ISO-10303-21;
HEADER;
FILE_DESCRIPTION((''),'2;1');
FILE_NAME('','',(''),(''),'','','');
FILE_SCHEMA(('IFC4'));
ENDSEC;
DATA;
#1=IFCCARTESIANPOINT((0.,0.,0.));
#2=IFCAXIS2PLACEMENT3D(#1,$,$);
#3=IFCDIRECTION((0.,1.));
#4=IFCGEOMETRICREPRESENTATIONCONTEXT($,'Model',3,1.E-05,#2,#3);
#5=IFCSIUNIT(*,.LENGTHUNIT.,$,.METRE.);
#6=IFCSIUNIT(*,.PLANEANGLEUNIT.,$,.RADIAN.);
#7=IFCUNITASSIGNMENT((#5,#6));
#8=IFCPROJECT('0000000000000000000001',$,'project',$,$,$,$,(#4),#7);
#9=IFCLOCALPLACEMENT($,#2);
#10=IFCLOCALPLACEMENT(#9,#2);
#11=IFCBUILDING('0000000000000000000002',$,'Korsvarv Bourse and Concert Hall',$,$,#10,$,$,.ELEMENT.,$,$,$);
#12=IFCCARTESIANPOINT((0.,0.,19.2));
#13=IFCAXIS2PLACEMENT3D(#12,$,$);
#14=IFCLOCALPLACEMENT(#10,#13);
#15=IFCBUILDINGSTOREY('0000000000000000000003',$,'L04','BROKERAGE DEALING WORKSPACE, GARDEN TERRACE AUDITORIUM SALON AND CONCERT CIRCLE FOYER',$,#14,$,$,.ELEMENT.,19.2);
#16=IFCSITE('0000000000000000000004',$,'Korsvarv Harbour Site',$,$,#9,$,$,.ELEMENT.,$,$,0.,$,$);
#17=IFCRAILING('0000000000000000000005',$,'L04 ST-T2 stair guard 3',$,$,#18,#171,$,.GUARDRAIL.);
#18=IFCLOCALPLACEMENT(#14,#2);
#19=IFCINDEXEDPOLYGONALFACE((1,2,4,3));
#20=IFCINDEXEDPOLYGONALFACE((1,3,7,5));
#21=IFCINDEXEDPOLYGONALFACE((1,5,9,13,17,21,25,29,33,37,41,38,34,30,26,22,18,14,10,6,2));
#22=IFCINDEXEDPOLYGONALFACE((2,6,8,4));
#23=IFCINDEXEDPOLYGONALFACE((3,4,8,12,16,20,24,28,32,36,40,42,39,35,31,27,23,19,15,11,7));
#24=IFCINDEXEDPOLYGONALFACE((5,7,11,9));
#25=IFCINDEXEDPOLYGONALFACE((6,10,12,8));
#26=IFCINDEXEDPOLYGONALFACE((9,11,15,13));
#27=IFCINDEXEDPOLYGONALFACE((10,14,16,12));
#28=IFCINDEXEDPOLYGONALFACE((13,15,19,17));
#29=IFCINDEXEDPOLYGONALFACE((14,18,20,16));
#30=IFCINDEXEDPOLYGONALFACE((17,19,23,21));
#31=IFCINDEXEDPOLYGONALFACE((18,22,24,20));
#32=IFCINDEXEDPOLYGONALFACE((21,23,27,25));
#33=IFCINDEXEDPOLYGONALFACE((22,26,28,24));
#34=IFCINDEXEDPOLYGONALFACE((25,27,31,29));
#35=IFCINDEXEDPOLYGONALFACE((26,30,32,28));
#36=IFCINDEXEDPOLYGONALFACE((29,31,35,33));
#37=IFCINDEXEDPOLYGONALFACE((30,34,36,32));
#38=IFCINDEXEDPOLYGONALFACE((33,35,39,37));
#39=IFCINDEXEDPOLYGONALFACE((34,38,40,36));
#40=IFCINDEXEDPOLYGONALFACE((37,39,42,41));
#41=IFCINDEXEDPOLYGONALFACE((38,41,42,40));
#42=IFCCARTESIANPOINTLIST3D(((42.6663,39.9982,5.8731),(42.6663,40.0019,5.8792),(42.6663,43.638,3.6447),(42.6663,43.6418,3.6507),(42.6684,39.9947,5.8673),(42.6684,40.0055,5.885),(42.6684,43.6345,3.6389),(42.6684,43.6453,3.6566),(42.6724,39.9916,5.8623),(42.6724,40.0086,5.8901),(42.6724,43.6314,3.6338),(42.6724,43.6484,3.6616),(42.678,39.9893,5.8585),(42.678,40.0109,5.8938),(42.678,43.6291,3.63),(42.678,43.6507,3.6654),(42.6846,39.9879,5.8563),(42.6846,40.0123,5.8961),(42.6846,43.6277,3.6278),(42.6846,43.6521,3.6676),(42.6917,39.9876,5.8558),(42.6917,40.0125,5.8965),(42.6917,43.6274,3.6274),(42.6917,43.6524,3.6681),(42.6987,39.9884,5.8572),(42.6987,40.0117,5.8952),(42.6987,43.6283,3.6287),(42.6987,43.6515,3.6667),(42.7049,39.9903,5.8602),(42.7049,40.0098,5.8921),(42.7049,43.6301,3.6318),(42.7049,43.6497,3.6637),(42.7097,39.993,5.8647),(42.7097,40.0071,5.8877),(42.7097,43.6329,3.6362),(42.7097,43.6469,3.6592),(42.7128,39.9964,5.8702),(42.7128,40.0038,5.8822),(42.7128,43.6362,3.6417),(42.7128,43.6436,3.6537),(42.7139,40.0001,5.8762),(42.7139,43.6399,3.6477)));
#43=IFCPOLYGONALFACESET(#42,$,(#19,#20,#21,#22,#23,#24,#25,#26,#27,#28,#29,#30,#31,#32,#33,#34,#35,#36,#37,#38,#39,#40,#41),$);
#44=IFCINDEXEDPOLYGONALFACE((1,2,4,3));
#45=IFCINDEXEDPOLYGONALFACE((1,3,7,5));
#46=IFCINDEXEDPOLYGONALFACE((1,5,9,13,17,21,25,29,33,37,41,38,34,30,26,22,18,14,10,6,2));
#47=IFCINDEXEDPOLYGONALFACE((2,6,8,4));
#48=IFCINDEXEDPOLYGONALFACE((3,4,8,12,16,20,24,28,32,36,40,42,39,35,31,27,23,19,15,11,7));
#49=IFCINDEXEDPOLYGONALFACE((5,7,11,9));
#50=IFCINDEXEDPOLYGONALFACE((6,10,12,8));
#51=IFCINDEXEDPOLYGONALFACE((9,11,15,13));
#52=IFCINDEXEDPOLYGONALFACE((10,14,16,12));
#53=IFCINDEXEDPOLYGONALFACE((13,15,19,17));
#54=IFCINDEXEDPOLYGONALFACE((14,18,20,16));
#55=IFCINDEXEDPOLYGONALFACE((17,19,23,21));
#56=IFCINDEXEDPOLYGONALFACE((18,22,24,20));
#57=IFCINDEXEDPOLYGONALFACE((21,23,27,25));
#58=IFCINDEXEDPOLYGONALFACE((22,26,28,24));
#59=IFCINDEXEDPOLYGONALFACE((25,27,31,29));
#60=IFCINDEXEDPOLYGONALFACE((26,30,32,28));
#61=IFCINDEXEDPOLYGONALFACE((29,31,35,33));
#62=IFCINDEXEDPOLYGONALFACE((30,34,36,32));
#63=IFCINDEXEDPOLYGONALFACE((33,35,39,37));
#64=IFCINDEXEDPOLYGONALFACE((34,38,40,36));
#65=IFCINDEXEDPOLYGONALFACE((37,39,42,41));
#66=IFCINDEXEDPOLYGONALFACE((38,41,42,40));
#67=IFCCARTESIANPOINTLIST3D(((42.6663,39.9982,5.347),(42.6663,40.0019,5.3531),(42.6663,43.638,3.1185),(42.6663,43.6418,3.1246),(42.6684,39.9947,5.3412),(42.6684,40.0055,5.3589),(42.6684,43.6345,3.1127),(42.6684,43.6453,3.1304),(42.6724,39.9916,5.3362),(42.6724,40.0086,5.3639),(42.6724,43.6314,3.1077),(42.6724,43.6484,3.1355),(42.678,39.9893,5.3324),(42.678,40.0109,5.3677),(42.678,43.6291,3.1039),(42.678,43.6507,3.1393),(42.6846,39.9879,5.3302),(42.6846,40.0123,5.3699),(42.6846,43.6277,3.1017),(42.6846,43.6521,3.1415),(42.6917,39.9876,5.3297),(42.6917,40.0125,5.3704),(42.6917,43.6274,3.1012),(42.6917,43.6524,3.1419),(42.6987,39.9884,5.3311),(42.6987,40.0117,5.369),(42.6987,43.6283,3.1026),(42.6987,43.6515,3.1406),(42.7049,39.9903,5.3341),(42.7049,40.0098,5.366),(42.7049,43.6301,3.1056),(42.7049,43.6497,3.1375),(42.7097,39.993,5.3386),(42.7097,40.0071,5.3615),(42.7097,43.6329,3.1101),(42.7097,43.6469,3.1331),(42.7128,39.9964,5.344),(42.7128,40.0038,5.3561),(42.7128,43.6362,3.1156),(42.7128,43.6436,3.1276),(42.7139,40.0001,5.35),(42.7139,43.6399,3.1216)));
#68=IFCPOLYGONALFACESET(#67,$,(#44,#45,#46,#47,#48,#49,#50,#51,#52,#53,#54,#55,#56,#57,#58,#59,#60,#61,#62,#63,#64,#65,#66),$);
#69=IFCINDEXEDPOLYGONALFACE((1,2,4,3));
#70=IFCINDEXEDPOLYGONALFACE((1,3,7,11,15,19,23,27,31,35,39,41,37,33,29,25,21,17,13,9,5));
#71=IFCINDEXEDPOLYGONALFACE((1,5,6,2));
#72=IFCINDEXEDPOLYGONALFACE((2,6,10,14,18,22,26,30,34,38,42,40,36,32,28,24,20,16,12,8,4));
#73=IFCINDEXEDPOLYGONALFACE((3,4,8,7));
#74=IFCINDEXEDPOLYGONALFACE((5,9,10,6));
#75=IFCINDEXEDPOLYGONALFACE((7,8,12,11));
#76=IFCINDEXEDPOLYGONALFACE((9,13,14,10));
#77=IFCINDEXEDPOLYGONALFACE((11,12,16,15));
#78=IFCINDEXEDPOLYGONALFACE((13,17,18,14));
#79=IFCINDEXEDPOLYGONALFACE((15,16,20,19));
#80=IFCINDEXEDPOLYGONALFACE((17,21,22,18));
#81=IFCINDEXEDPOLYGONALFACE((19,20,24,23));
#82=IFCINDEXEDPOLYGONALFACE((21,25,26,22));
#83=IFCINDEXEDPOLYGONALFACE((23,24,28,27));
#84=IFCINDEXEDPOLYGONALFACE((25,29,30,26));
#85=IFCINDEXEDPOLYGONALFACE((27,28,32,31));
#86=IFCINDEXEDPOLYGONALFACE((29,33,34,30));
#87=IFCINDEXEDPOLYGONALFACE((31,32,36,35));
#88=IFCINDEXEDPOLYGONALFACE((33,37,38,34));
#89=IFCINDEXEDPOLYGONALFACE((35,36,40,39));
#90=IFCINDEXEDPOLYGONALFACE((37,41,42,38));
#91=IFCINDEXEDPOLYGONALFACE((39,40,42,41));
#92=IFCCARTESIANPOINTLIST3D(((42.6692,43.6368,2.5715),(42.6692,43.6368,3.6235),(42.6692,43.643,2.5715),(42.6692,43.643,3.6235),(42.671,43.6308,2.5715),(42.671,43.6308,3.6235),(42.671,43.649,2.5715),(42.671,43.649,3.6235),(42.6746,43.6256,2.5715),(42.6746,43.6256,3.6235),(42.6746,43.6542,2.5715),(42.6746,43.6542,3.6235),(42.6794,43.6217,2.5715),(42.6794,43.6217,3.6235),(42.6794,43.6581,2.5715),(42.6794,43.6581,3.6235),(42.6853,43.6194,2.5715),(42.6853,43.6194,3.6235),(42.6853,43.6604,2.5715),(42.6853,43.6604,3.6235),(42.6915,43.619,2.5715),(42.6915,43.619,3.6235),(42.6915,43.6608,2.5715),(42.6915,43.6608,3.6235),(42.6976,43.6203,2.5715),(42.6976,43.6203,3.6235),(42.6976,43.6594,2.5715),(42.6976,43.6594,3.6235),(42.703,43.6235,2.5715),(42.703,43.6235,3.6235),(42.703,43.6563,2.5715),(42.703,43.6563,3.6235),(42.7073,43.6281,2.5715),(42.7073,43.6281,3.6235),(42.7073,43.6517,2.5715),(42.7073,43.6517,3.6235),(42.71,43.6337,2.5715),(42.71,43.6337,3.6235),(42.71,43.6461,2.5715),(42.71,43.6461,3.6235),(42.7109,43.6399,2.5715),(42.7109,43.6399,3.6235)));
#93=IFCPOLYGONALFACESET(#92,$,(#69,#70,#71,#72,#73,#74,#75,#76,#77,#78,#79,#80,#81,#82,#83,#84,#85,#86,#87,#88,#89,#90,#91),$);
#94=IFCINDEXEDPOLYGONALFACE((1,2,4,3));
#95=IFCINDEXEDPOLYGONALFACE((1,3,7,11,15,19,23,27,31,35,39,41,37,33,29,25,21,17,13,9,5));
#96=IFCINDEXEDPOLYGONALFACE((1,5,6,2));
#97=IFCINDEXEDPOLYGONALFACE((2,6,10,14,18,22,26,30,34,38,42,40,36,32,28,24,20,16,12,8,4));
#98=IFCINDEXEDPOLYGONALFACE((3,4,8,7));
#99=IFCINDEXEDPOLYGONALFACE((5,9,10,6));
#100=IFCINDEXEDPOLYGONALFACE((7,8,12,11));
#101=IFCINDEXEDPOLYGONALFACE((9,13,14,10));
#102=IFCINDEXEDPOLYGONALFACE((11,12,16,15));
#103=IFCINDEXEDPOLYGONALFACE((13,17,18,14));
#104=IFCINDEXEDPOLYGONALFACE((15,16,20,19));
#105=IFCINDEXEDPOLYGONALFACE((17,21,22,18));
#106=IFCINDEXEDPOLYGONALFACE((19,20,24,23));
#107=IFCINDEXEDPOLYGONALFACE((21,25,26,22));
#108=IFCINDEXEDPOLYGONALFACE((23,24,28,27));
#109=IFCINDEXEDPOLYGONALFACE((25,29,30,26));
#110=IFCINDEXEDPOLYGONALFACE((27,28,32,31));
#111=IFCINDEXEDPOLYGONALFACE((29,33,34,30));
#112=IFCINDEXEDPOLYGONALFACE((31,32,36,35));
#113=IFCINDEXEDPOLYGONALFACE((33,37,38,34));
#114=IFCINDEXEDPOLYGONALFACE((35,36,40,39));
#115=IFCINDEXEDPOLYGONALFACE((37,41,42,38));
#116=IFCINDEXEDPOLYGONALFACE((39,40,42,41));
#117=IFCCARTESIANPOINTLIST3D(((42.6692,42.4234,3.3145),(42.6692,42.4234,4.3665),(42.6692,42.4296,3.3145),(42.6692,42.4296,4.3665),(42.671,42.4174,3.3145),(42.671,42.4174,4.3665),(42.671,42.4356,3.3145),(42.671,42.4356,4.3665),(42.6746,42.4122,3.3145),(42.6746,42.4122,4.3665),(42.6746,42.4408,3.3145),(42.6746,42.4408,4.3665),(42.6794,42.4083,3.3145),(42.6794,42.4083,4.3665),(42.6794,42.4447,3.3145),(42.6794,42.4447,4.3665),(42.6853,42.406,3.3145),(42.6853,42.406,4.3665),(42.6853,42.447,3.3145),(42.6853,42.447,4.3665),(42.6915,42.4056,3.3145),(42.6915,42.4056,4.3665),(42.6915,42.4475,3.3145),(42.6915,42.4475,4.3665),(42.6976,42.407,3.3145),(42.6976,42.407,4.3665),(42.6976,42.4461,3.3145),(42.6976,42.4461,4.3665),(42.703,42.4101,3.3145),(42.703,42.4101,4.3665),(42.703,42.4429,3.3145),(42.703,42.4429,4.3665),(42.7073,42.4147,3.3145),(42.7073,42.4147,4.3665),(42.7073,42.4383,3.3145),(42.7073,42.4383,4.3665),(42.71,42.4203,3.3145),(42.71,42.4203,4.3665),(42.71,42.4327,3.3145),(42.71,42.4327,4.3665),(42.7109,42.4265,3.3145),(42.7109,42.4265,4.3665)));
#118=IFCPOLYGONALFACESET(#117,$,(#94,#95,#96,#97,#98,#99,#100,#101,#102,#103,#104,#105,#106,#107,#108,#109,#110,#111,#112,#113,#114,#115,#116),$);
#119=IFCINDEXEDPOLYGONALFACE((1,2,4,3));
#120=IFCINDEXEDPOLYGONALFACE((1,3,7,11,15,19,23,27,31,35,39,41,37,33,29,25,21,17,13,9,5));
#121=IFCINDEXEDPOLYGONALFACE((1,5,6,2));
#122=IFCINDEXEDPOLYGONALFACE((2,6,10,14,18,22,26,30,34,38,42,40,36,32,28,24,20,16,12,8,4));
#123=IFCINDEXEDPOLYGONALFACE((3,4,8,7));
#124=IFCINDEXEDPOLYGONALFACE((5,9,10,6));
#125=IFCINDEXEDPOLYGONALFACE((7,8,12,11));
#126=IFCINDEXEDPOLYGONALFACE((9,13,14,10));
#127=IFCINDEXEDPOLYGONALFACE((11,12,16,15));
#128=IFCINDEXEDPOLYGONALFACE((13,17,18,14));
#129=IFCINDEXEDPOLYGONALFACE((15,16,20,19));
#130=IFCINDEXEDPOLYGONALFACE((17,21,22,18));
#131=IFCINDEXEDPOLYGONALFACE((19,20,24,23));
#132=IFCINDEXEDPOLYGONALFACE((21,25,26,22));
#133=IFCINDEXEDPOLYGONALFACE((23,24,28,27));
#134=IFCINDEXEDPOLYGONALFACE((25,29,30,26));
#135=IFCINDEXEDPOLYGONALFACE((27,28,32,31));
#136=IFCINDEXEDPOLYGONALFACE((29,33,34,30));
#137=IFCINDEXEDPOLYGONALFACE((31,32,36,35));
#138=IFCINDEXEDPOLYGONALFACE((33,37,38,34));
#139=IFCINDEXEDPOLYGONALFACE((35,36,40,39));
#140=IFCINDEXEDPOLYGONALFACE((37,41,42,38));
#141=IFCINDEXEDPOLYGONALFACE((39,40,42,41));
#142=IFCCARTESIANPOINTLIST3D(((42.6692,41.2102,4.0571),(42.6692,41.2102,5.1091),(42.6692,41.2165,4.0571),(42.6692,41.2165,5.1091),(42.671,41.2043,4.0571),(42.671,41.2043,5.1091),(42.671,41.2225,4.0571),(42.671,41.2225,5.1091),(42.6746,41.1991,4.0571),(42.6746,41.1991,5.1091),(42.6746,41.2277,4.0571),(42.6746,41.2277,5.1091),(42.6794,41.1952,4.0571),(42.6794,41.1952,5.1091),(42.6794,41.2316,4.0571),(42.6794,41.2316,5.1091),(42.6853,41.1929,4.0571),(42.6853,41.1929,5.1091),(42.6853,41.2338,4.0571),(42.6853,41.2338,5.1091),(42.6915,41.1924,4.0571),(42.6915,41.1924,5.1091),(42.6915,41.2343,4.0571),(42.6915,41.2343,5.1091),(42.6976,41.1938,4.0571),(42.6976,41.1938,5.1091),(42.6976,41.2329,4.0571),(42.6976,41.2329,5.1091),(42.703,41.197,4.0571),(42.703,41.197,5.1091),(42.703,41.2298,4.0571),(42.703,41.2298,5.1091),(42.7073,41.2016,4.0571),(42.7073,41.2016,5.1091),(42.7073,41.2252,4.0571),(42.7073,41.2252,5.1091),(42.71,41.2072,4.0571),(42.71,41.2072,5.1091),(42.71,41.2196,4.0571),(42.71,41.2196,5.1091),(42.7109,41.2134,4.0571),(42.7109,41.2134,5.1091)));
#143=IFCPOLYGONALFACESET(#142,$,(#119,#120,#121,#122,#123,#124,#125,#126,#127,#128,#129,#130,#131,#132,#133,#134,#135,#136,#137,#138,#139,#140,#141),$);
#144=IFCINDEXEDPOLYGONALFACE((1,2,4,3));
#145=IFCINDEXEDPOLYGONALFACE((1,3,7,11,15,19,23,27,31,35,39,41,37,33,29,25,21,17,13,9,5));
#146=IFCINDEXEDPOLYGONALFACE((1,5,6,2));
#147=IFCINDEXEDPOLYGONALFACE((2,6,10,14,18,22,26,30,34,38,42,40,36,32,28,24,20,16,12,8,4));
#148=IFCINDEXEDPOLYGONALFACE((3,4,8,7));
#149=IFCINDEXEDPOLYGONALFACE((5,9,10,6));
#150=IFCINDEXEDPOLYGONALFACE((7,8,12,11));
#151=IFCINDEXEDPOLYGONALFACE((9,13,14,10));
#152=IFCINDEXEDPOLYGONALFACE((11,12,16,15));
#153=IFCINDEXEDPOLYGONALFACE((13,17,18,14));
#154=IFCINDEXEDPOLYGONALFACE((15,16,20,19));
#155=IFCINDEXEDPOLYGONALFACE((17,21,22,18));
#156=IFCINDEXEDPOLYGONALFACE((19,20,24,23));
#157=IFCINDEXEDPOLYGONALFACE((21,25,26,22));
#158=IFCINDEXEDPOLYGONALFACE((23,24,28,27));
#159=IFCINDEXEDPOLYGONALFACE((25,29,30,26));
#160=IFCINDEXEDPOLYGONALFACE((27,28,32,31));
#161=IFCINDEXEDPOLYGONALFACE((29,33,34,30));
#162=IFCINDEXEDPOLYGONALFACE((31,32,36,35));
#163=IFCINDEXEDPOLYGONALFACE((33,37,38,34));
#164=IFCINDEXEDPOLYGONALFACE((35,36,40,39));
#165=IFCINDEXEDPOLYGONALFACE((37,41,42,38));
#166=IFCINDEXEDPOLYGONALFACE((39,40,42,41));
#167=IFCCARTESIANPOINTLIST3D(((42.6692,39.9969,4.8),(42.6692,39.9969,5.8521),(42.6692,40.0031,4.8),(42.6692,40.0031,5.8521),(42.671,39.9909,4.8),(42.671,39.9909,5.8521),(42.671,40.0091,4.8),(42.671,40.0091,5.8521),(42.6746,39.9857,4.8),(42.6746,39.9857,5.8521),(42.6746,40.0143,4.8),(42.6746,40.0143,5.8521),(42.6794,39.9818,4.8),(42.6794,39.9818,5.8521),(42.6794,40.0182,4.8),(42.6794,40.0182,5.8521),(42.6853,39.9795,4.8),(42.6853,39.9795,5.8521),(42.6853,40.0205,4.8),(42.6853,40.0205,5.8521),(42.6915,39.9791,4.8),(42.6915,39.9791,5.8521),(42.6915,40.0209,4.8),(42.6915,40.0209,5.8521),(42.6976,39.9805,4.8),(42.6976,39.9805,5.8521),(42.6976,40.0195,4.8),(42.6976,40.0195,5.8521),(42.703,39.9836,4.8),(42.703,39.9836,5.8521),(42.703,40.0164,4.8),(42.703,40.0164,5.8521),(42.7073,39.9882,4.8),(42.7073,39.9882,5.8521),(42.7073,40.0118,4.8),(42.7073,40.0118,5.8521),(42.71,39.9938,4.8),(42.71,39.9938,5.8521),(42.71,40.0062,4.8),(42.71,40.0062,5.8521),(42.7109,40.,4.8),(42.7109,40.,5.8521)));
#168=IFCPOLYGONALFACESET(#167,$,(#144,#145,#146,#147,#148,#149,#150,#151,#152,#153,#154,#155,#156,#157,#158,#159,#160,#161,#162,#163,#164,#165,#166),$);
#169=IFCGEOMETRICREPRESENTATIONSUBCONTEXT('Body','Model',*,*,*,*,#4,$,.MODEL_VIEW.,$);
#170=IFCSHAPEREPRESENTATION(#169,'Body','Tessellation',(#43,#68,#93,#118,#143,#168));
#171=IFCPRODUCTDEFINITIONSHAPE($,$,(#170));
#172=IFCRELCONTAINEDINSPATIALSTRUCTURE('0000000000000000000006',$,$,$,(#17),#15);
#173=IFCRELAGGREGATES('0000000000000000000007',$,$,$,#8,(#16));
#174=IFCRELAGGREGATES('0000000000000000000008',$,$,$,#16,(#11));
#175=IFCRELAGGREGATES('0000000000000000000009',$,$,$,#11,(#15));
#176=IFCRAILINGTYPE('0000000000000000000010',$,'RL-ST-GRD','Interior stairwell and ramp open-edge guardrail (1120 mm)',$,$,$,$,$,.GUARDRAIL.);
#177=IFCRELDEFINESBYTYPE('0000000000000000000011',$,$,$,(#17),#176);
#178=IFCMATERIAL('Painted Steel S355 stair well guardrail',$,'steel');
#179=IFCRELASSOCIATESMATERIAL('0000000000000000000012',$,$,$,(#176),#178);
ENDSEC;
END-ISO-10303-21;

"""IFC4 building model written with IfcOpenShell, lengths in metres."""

from ifc_helpers import new_model, si_unit, direction, frame, origin, origin_2d, place, context, subcontext, project, spatial, circle, extrude, material, type_object, element, save


model = new_model("IFC4")

# Units and contexts
model_context = context("Model", 3, precision=1e-05, world=origin(), true_north=direction((0.0, 1.0)))
body_context = subcontext(model_context, "Body", "Model", "MODEL_VIEW")
ifc_project = project(units=[si_unit("LENGTHUNIT", "METRE"), si_unit("PLANEANGLEUNIT", "RADIAN")], contexts=[model_context])

# Site, building, storey
site_placement = place(None, origin())
site = spatial("IfcSite", under=ifc_project, at=site_placement, Name="Korsvarv Harbour Site", CompositionType="ELEMENT", RefElevation=0.0)
building_placement = place(site_placement, origin())
building = spatial("IfcBuilding", under=site, at=building_placement, Name="Korsvarv Bourse and Concert Hall", CompositionType="ELEMENT")
storey_placement = place(building_placement, frame((0.0, 0.0, 19.2)))
storey = spatial("IfcBuildingStorey", under=building, at=storey_placement, Name="L04", Description="BROKERAGE DEALING WORKSPACE, GARDEN TERRACE AUDITORIUM SALON AND CONCERT CIRCLE FOYER", CompositionType="ELEMENT", Elevation=19.2)

# Railing
ifc_material_1 = material(Name="Painted Steel S355 stair well guardrail", Category="steel")
railing_type_1 = type_object("IfcRailingType", Name="RL-ST-GRD", Description="Interior stairwell and ramp open-edge guardrail (1120 mm)", PredefinedType="GUARDRAIL", material=ifc_material_1)
railing_1_placement = place(storey_placement, frame((42.6899, 43.6399, 2.5715)))
element("IfcRailing", 1, at=railing_1_placement, inside=storey, type_object=railing_type_1, Name="L04 ST-T2 stair guard 3", PredefinedType="GUARDRAIL", context=body_context, shape_type="SweptSolid", body=[
    extrude(circle(Radius=0.0239, at=origin_2d()), frame((0.0, 0.0, 1.0762), z_axis=(0.0, -0.85285, 0.522156), x_axis=(1.0, 0.0, 0.0)), (0.0, 0.0, 1.0), 4.2678),
    extrude(circle(Radius=0.0239, at=origin_2d()), frame((0.0, 0.0, 0.55), z_axis=(0.0, -0.85285, 0.522156), x_axis=(1.0, 0.0, 0.0)), (0.0, 0.0, 1.0), 4.2678),
    extrude(circle(Radius=0.021, at=origin_2d()), origin(), (0.0, 0.0, 1.0), 1.052),
    extrude(circle(Radius=0.021, at=origin_2d()), frame((0.0, -1.2134, 0.7429)), (0.0, 0.0, 1.0), 1.052),
    extrude(circle(Radius=0.021, at=origin_2d()), frame((0.0, -2.4265, 1.4856)), (0.0, 0.0, 1.0), 1.052),
    extrude(circle(Radius=0.021, at=origin_2d()), frame((0.0, -3.6399, 2.2285)), (0.0, 0.0, 1.0), 1.052),
])

save(model, "model.ifc")
